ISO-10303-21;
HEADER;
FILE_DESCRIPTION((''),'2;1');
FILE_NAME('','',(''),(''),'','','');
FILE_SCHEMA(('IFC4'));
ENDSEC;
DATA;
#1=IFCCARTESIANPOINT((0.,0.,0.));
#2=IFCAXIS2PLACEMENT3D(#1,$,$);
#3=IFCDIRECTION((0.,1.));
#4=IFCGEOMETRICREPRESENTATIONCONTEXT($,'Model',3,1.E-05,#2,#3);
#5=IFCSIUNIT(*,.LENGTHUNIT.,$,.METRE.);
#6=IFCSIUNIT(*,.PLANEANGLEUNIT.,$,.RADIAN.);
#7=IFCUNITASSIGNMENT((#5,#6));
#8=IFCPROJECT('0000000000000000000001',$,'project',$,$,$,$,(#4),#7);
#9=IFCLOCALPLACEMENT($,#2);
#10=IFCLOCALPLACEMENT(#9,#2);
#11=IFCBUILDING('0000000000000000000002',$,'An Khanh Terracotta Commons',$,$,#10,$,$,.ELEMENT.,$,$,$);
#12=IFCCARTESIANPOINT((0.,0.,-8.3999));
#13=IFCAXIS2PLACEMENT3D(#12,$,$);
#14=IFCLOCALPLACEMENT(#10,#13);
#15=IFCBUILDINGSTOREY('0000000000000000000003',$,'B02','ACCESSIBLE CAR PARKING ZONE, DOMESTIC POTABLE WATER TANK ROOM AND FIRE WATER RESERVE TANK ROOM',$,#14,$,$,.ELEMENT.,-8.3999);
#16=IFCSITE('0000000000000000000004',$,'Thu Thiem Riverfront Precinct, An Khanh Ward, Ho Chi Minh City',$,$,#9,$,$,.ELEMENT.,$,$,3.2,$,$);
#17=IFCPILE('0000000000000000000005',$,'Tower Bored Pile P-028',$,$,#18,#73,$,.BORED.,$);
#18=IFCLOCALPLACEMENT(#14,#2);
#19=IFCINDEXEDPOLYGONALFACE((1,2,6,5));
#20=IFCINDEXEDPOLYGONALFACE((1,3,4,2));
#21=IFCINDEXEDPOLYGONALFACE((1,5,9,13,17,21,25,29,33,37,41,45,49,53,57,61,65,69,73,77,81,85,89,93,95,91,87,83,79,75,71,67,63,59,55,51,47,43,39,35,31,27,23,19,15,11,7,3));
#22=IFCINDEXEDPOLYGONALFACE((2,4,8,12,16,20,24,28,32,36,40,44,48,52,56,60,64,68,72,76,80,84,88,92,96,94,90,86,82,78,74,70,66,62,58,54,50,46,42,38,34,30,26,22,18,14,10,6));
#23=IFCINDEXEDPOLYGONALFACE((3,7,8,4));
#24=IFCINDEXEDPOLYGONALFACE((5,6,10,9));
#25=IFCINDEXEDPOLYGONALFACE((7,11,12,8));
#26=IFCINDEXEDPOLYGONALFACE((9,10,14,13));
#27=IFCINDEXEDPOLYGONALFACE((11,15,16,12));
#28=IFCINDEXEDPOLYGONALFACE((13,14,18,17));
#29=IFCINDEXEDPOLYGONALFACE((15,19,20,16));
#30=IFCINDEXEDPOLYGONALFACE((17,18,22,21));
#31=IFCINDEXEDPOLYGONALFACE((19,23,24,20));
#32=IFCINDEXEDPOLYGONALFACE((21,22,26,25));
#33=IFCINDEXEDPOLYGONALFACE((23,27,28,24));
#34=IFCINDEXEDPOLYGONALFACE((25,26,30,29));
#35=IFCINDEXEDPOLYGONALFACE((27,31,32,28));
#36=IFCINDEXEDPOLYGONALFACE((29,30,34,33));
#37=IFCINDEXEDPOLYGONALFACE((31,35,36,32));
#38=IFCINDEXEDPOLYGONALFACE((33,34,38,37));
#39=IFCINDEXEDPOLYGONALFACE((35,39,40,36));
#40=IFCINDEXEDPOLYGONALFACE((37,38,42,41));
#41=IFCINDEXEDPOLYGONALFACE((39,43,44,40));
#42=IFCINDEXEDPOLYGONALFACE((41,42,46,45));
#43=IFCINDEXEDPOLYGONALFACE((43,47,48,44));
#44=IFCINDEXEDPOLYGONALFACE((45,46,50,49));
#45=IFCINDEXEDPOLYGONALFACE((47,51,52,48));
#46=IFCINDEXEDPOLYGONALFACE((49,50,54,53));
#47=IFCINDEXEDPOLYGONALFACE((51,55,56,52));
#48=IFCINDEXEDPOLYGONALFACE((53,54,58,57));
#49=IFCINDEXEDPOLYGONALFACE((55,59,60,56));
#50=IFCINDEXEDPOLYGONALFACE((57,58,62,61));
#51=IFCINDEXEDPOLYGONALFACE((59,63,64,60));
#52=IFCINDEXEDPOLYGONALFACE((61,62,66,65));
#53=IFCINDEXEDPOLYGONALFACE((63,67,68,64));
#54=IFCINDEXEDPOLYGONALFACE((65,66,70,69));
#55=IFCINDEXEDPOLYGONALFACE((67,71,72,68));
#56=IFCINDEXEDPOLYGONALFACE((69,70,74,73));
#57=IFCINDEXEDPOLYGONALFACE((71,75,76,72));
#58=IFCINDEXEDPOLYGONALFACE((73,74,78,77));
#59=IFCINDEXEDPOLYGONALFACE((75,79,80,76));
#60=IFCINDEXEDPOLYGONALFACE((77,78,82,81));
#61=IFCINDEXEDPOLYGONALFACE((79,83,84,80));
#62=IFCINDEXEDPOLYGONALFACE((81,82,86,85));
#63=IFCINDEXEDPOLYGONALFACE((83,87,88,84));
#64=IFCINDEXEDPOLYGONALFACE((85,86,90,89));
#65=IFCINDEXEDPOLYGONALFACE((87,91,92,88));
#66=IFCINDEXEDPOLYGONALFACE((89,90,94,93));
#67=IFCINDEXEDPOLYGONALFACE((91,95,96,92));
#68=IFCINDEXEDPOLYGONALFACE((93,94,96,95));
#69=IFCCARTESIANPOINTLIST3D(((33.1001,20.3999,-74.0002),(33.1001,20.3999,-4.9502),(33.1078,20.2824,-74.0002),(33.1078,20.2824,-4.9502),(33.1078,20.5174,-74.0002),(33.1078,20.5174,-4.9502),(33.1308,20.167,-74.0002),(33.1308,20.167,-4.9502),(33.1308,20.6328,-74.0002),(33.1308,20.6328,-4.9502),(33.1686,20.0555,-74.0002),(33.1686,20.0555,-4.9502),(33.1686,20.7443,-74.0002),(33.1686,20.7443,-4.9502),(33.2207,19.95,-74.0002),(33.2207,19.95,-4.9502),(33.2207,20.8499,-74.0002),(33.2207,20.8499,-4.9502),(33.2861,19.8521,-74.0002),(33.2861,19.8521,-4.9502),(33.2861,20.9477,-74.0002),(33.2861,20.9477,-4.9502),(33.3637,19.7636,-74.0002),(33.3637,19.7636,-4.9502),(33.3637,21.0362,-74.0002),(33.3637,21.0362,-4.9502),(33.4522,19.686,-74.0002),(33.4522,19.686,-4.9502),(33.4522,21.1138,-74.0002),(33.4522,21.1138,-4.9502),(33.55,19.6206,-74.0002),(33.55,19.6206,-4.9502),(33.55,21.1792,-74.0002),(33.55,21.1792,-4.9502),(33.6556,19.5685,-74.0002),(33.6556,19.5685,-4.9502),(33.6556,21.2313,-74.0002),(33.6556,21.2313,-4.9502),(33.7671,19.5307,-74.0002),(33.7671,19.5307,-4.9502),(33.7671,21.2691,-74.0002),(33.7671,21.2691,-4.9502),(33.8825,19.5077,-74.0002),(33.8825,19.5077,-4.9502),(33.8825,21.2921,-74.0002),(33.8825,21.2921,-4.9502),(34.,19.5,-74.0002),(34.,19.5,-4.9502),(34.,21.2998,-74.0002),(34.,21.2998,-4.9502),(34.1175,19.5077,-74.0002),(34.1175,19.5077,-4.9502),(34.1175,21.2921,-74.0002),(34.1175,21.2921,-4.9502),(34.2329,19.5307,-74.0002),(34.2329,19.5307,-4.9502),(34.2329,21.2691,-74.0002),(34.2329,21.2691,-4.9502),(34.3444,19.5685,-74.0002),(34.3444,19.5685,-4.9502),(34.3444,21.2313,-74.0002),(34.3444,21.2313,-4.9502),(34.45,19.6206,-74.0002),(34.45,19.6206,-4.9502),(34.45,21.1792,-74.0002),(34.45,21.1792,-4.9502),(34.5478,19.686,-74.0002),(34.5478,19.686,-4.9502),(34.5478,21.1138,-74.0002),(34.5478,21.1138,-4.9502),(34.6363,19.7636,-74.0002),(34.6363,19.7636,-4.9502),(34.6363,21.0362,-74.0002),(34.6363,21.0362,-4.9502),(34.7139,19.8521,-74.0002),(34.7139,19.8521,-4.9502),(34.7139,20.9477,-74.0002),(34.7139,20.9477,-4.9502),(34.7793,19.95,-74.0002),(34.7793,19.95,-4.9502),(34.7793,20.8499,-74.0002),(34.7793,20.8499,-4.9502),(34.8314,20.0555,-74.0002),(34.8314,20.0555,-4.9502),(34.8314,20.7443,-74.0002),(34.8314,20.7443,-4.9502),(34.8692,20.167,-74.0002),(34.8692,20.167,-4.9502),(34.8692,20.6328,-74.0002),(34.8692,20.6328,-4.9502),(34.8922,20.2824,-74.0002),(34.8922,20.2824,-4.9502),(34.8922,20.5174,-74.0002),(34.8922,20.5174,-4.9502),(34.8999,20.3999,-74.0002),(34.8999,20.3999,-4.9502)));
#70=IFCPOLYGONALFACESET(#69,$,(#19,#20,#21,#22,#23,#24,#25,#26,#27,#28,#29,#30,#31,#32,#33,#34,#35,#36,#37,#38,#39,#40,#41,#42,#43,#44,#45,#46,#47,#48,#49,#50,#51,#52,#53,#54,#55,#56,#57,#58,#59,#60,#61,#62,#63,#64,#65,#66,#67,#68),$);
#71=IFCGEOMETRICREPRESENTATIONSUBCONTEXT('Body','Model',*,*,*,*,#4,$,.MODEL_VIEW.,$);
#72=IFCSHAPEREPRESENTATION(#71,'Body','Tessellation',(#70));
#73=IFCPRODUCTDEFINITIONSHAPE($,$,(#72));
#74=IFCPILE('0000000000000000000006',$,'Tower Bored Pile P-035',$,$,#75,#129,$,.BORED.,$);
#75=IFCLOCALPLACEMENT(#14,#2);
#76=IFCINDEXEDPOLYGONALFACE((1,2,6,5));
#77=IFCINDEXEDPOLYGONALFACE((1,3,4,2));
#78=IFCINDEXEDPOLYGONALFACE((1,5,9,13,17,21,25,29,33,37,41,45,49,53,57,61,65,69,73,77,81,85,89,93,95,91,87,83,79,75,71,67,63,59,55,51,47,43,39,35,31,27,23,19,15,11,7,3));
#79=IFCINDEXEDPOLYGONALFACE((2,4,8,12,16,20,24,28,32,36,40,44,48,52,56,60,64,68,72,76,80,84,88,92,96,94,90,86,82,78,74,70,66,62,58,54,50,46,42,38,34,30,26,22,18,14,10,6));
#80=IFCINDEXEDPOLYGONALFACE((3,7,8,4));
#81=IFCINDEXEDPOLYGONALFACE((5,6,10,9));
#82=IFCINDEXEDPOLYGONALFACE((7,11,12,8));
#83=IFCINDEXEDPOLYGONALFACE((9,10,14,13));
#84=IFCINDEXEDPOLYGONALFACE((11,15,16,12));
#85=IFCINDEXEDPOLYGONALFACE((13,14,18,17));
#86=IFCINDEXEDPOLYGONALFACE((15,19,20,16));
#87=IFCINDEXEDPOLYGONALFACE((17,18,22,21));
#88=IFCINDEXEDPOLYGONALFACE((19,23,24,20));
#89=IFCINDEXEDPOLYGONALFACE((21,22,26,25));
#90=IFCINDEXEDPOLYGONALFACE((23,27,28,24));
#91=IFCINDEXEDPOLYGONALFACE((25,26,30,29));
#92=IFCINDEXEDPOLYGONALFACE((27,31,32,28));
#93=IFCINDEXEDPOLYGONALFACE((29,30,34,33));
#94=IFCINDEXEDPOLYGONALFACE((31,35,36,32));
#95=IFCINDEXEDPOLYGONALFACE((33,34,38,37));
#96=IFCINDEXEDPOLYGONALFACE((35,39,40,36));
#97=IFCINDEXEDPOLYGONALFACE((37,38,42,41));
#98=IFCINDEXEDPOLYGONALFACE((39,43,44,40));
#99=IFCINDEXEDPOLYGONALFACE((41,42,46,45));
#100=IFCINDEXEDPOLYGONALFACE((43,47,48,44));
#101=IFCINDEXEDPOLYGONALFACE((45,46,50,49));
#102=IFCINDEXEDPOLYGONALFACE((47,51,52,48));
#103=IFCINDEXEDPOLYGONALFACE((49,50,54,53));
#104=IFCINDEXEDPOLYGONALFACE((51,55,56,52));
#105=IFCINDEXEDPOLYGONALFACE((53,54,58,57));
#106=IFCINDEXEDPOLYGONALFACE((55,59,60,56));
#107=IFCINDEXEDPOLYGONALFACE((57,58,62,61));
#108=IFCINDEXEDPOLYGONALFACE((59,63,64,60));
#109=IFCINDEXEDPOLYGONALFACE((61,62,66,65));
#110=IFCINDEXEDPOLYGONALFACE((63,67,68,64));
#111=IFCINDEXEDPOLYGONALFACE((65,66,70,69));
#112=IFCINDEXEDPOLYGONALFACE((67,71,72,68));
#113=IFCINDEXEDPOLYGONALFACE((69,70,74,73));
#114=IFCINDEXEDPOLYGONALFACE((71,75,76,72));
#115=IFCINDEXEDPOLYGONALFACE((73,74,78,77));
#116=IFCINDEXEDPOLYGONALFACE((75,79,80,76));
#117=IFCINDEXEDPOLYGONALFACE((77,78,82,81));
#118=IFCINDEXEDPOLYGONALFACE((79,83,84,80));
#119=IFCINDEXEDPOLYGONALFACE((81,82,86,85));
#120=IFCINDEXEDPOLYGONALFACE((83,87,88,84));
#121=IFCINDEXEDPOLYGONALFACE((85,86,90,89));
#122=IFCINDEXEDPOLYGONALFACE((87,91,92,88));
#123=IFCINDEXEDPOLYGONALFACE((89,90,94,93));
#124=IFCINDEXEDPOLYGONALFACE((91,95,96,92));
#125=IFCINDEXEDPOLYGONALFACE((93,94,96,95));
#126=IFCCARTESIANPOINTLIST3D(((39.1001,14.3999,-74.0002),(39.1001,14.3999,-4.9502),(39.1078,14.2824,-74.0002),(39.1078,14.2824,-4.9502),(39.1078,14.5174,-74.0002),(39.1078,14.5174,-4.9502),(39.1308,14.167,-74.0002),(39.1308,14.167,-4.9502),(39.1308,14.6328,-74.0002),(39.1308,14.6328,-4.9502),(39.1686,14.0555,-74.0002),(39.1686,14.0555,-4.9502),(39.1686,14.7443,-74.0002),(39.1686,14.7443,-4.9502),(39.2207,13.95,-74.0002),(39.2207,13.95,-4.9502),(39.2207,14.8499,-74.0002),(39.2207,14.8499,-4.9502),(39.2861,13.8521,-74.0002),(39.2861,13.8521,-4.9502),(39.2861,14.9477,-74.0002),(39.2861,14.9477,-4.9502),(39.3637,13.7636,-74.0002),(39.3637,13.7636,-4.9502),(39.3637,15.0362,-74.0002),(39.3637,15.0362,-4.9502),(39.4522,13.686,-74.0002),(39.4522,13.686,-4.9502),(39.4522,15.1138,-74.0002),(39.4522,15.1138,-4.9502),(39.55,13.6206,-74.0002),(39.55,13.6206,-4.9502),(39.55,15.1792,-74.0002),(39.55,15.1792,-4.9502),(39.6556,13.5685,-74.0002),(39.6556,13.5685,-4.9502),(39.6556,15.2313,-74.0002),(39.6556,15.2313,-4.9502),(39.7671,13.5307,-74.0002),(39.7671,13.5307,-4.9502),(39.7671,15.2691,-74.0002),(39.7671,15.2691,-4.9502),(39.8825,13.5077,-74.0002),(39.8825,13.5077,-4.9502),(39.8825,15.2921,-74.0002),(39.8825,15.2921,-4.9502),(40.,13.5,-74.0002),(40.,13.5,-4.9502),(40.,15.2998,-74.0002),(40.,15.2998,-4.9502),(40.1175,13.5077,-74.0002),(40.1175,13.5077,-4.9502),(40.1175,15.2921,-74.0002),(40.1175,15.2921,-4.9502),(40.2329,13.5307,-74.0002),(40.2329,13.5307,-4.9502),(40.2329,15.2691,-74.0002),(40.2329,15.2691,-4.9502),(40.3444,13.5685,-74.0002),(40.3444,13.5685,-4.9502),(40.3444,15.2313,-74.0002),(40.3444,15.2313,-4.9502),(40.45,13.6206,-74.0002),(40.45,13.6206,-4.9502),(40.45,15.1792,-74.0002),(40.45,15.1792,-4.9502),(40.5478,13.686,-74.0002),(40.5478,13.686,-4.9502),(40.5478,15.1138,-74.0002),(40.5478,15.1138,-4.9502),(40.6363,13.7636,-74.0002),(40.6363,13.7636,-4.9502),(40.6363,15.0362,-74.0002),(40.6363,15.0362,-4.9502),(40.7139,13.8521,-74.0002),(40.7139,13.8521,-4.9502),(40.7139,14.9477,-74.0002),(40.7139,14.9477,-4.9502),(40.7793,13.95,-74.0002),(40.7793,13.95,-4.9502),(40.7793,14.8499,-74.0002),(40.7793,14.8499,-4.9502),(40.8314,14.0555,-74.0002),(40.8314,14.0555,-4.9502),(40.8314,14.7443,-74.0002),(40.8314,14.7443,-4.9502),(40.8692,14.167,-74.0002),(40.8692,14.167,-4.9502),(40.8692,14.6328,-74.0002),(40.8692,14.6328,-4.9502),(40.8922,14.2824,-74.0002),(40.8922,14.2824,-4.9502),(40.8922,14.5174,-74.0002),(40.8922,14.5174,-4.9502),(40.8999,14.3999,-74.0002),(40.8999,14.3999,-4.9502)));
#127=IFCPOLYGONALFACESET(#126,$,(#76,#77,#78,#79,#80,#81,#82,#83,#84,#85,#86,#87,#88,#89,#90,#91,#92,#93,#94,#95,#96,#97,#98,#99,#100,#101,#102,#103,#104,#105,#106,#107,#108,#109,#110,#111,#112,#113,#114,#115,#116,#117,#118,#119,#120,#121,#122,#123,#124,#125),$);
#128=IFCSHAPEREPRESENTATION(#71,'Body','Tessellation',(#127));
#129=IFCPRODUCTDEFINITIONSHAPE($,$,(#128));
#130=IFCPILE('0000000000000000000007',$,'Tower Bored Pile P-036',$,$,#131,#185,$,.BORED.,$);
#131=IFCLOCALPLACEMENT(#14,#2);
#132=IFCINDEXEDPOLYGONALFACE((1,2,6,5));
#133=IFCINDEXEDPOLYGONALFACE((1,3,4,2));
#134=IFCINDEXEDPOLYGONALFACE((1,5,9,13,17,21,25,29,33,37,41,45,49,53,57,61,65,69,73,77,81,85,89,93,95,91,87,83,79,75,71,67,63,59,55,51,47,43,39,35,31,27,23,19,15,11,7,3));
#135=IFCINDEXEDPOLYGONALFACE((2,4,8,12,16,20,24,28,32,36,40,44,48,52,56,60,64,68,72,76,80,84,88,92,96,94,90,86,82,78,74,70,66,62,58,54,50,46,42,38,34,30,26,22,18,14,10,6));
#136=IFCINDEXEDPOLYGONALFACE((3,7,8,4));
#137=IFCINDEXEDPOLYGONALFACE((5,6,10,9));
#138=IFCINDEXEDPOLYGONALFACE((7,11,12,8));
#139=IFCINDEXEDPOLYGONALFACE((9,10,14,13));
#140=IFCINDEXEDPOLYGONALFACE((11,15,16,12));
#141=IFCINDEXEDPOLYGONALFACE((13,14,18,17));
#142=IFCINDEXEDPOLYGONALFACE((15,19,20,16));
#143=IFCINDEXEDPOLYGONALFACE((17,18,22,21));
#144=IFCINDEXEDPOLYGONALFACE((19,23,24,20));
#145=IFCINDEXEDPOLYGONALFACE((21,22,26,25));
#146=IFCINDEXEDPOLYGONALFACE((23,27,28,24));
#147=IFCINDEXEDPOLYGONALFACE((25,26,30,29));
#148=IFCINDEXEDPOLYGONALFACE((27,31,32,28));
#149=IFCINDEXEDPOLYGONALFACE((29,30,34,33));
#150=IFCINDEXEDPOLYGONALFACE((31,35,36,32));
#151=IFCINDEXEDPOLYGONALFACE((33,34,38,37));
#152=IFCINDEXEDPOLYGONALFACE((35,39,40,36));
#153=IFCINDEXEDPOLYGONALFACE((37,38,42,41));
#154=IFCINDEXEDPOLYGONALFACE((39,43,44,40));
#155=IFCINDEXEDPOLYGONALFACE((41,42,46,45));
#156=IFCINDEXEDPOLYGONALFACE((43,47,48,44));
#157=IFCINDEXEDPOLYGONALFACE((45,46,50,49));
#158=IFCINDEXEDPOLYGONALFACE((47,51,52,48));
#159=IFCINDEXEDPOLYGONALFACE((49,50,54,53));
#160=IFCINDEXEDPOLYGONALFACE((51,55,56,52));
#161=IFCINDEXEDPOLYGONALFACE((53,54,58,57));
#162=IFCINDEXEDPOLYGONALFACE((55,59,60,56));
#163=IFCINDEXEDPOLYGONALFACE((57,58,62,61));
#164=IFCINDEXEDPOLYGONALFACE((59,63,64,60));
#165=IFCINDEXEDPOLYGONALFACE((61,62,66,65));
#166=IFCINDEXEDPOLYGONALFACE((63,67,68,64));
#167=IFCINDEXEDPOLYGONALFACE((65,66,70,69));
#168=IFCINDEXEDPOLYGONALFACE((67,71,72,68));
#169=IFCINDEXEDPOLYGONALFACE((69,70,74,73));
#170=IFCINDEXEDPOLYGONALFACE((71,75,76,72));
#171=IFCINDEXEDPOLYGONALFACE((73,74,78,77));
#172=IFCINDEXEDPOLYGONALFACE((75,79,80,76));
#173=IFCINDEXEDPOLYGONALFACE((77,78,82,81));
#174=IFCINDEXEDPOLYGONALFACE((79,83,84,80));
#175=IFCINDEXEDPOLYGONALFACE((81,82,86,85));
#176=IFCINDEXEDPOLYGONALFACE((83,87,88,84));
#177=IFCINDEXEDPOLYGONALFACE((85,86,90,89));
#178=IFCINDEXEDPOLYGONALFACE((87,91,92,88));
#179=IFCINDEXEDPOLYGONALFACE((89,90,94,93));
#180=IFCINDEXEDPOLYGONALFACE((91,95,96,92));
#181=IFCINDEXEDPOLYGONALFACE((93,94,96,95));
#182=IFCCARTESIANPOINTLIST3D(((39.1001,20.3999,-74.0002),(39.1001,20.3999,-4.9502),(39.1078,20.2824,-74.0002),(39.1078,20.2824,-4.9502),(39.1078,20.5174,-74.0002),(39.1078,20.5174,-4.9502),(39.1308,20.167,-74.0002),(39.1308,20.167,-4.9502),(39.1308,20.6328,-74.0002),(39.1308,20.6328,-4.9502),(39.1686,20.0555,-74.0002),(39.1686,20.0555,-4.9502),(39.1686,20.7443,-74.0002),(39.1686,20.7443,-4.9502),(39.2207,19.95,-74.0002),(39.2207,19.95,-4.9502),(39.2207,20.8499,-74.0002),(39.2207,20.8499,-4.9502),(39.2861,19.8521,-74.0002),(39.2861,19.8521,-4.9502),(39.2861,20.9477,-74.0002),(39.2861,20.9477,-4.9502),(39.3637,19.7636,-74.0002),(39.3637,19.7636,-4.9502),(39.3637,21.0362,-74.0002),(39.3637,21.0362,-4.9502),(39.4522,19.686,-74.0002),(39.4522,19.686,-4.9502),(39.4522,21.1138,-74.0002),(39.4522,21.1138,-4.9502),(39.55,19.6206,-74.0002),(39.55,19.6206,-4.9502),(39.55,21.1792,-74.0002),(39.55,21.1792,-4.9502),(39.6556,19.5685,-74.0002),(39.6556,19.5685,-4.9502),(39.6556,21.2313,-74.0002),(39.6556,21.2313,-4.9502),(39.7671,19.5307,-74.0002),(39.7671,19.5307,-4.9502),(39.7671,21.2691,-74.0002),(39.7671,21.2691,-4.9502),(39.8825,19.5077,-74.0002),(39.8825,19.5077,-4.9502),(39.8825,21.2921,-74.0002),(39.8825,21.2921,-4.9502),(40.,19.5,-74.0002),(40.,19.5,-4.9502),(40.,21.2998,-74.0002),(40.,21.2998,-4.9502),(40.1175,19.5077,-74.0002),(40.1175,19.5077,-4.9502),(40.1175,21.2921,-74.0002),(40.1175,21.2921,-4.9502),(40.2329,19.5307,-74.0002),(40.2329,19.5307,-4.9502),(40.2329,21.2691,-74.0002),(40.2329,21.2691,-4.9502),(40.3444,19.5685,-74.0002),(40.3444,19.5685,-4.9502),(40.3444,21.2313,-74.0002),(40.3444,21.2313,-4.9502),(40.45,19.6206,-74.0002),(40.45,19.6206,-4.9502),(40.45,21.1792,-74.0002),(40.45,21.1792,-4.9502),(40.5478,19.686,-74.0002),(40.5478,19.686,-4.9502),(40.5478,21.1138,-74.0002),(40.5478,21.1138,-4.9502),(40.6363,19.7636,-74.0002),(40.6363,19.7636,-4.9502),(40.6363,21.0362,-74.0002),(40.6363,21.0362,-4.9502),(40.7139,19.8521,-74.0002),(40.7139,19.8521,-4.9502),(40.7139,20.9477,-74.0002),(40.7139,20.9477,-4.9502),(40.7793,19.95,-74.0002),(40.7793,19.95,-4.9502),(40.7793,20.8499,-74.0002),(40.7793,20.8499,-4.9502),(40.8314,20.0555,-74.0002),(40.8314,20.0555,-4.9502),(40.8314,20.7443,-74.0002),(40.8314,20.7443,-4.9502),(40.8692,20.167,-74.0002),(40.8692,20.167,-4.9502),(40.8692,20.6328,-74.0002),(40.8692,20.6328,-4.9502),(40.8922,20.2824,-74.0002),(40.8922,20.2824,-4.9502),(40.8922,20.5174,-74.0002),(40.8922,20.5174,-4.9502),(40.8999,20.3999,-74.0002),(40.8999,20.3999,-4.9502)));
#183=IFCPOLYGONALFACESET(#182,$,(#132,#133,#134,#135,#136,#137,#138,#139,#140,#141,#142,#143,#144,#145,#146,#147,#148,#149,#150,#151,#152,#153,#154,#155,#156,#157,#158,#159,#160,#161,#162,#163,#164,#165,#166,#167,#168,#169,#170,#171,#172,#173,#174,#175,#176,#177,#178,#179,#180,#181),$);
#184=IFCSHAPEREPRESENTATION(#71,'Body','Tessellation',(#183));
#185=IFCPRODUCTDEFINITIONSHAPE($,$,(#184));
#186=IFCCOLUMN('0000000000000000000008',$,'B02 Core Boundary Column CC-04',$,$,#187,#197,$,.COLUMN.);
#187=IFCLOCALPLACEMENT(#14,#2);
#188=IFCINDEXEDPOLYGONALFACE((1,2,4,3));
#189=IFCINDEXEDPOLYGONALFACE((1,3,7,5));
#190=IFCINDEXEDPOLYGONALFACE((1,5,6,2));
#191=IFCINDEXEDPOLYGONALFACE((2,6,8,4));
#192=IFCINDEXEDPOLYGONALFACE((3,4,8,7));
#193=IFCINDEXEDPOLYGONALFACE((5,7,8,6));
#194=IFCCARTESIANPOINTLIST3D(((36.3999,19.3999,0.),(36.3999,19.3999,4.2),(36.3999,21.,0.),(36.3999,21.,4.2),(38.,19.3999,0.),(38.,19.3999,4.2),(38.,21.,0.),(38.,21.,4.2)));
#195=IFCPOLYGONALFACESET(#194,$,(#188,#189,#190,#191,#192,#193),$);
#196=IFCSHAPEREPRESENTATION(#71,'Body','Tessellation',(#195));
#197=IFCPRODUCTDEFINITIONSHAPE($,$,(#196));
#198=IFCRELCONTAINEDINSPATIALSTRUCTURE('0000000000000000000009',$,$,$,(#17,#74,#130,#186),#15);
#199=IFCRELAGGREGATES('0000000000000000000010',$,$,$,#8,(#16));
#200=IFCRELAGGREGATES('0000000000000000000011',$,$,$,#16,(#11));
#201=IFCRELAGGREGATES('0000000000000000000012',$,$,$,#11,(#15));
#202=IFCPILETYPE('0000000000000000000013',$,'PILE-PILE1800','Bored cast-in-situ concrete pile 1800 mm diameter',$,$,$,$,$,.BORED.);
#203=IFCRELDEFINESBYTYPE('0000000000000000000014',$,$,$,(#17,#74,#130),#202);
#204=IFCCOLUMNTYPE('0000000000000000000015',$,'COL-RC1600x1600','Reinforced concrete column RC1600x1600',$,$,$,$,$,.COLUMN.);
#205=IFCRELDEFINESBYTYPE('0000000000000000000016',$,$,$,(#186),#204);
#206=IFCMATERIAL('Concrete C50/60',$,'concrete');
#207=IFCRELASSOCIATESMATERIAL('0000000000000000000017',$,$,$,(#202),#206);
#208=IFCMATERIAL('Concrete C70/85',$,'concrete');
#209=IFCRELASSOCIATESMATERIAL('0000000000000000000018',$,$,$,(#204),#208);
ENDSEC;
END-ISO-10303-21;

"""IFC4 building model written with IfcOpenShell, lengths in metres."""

from ifc_helpers import new_model, si_unit, direction, frame, origin, origin_2d, place, context, subcontext, project, spatial, rectangle, circle, extrude, material, material_profile, profile_set, type_object, element, save


model = new_model("IFC4")

# Units and contexts
model_context = context("Model", 3, precision=1e-05, world=origin(), true_north=direction((0.0, 1.0)))
body_context = subcontext(model_context, "Body", "Model", "MODEL_VIEW")
ifc_project = project(units=[si_unit("LENGTHUNIT", "METRE"), si_unit("PLANEANGLEUNIT", "RADIAN")], contexts=[model_context])

# Site, building, storey
site_placement = place(None, origin())
site = spatial("IfcSite", under=ifc_project, at=site_placement, Name="Thu Thiem Riverfront Precinct, An Khanh Ward, Ho Chi Minh City", CompositionType="ELEMENT", RefElevation=3.2)
building_placement = place(site_placement, origin())
building = spatial("IfcBuilding", under=site, at=building_placement, Name="An Khanh Terracotta Commons", CompositionType="ELEMENT")
storey_placement = place(building_placement, frame((0.0, 0.0, -8.3999)))
storey = spatial("IfcBuildingStorey", under=building, at=storey_placement, Name="B02", Description="ACCESSIBLE CAR PARKING ZONE, DOMESTIC POTABLE WATER TANK ROOM AND FIRE WATER RESERVE TANK ROOM", CompositionType="ELEMENT", Elevation=-8.3999)

# Piles
ifc_material_1 = material(Name="Concrete C50/60", Category="concrete")
ifc_material_profile_1 = material_profile(ifc_material_1, circle(Radius=0.8999, at=origin_2d()), Name="PILE1800")
ifc_profile_set_1 = profile_set([ifc_material_profile_1], Name="Concrete C50/60")
pile_type = type_object("IfcPileType", Name="PILE-PILE1800", Description="Bored cast-in-situ concrete pile 1800 mm diameter", PredefinedType="BORED", material=ifc_profile_set_1)
for number, where, z_axis, x_axis, name in (
    (1, (34.0, 20.3999, -4.9502), (0.0, 0.0, -1.0), (1.0, 0.0, 0.0), "Tower Bored Pile P-028"),
    (2, (40.0, 14.3999, -4.9502), (0.0, 0.0, -1.0), (1.0, 0.0, 0.0), "Tower Bored Pile P-035"),
    (3, (40.0, 20.3999, -4.9502), (0.0, 0.0, -1.0), (1.0, 0.0, 0.0), "Tower Bored Pile P-036"),
):
    element("IfcPile", number, at=place(storey_placement, frame(where, z_axis=z_axis, x_axis=x_axis)), inside=storey, type_object=pile_type, Name=name, PredefinedType="BORED", context=body_context, shape_type="SweptSolid", body=[
        extrude(circle(Radius=0.8999, at=origin_2d()), origin(), (0.0, 0.0, 1.0), 69.05),
    ])

# Column
ifc_material_2 = material(Name="Concrete C70/85", Category="concrete")
ifc_material_profile_2 = material_profile(ifc_material_2, rectangle(XDim=1.6001, YDim=1.6001, at=origin_2d()), Name="RC1600x1600")
ifc_profile_set_2 = profile_set([ifc_material_profile_2], Name="Concrete C70/85")
column_type = type_object("IfcColumnType", Name="COL-RC1600x1600", Description="Reinforced concrete column RC1600x1600", PredefinedType="COLUMN", material=ifc_profile_set_2)
column_placement = place(storey_placement, frame((37.2, 20.2, 0.0), z_axis=(0.0, 0.0, 1.0), x_axis=(1.0, 0.0, 0.0)))
element("IfcColumn", 4, at=column_placement, inside=storey, type_object=column_type, Name="B02 Core Boundary Column CC-04", PredefinedType="COLUMN", context=body_context, shape_type="SweptSolid", body=[
    extrude(rectangle(XDim=1.6001, YDim=1.6001, at=origin_2d()), origin(), (0.0, 0.0, 1.0), 4.2),
])

save(model, "model.ifc")
